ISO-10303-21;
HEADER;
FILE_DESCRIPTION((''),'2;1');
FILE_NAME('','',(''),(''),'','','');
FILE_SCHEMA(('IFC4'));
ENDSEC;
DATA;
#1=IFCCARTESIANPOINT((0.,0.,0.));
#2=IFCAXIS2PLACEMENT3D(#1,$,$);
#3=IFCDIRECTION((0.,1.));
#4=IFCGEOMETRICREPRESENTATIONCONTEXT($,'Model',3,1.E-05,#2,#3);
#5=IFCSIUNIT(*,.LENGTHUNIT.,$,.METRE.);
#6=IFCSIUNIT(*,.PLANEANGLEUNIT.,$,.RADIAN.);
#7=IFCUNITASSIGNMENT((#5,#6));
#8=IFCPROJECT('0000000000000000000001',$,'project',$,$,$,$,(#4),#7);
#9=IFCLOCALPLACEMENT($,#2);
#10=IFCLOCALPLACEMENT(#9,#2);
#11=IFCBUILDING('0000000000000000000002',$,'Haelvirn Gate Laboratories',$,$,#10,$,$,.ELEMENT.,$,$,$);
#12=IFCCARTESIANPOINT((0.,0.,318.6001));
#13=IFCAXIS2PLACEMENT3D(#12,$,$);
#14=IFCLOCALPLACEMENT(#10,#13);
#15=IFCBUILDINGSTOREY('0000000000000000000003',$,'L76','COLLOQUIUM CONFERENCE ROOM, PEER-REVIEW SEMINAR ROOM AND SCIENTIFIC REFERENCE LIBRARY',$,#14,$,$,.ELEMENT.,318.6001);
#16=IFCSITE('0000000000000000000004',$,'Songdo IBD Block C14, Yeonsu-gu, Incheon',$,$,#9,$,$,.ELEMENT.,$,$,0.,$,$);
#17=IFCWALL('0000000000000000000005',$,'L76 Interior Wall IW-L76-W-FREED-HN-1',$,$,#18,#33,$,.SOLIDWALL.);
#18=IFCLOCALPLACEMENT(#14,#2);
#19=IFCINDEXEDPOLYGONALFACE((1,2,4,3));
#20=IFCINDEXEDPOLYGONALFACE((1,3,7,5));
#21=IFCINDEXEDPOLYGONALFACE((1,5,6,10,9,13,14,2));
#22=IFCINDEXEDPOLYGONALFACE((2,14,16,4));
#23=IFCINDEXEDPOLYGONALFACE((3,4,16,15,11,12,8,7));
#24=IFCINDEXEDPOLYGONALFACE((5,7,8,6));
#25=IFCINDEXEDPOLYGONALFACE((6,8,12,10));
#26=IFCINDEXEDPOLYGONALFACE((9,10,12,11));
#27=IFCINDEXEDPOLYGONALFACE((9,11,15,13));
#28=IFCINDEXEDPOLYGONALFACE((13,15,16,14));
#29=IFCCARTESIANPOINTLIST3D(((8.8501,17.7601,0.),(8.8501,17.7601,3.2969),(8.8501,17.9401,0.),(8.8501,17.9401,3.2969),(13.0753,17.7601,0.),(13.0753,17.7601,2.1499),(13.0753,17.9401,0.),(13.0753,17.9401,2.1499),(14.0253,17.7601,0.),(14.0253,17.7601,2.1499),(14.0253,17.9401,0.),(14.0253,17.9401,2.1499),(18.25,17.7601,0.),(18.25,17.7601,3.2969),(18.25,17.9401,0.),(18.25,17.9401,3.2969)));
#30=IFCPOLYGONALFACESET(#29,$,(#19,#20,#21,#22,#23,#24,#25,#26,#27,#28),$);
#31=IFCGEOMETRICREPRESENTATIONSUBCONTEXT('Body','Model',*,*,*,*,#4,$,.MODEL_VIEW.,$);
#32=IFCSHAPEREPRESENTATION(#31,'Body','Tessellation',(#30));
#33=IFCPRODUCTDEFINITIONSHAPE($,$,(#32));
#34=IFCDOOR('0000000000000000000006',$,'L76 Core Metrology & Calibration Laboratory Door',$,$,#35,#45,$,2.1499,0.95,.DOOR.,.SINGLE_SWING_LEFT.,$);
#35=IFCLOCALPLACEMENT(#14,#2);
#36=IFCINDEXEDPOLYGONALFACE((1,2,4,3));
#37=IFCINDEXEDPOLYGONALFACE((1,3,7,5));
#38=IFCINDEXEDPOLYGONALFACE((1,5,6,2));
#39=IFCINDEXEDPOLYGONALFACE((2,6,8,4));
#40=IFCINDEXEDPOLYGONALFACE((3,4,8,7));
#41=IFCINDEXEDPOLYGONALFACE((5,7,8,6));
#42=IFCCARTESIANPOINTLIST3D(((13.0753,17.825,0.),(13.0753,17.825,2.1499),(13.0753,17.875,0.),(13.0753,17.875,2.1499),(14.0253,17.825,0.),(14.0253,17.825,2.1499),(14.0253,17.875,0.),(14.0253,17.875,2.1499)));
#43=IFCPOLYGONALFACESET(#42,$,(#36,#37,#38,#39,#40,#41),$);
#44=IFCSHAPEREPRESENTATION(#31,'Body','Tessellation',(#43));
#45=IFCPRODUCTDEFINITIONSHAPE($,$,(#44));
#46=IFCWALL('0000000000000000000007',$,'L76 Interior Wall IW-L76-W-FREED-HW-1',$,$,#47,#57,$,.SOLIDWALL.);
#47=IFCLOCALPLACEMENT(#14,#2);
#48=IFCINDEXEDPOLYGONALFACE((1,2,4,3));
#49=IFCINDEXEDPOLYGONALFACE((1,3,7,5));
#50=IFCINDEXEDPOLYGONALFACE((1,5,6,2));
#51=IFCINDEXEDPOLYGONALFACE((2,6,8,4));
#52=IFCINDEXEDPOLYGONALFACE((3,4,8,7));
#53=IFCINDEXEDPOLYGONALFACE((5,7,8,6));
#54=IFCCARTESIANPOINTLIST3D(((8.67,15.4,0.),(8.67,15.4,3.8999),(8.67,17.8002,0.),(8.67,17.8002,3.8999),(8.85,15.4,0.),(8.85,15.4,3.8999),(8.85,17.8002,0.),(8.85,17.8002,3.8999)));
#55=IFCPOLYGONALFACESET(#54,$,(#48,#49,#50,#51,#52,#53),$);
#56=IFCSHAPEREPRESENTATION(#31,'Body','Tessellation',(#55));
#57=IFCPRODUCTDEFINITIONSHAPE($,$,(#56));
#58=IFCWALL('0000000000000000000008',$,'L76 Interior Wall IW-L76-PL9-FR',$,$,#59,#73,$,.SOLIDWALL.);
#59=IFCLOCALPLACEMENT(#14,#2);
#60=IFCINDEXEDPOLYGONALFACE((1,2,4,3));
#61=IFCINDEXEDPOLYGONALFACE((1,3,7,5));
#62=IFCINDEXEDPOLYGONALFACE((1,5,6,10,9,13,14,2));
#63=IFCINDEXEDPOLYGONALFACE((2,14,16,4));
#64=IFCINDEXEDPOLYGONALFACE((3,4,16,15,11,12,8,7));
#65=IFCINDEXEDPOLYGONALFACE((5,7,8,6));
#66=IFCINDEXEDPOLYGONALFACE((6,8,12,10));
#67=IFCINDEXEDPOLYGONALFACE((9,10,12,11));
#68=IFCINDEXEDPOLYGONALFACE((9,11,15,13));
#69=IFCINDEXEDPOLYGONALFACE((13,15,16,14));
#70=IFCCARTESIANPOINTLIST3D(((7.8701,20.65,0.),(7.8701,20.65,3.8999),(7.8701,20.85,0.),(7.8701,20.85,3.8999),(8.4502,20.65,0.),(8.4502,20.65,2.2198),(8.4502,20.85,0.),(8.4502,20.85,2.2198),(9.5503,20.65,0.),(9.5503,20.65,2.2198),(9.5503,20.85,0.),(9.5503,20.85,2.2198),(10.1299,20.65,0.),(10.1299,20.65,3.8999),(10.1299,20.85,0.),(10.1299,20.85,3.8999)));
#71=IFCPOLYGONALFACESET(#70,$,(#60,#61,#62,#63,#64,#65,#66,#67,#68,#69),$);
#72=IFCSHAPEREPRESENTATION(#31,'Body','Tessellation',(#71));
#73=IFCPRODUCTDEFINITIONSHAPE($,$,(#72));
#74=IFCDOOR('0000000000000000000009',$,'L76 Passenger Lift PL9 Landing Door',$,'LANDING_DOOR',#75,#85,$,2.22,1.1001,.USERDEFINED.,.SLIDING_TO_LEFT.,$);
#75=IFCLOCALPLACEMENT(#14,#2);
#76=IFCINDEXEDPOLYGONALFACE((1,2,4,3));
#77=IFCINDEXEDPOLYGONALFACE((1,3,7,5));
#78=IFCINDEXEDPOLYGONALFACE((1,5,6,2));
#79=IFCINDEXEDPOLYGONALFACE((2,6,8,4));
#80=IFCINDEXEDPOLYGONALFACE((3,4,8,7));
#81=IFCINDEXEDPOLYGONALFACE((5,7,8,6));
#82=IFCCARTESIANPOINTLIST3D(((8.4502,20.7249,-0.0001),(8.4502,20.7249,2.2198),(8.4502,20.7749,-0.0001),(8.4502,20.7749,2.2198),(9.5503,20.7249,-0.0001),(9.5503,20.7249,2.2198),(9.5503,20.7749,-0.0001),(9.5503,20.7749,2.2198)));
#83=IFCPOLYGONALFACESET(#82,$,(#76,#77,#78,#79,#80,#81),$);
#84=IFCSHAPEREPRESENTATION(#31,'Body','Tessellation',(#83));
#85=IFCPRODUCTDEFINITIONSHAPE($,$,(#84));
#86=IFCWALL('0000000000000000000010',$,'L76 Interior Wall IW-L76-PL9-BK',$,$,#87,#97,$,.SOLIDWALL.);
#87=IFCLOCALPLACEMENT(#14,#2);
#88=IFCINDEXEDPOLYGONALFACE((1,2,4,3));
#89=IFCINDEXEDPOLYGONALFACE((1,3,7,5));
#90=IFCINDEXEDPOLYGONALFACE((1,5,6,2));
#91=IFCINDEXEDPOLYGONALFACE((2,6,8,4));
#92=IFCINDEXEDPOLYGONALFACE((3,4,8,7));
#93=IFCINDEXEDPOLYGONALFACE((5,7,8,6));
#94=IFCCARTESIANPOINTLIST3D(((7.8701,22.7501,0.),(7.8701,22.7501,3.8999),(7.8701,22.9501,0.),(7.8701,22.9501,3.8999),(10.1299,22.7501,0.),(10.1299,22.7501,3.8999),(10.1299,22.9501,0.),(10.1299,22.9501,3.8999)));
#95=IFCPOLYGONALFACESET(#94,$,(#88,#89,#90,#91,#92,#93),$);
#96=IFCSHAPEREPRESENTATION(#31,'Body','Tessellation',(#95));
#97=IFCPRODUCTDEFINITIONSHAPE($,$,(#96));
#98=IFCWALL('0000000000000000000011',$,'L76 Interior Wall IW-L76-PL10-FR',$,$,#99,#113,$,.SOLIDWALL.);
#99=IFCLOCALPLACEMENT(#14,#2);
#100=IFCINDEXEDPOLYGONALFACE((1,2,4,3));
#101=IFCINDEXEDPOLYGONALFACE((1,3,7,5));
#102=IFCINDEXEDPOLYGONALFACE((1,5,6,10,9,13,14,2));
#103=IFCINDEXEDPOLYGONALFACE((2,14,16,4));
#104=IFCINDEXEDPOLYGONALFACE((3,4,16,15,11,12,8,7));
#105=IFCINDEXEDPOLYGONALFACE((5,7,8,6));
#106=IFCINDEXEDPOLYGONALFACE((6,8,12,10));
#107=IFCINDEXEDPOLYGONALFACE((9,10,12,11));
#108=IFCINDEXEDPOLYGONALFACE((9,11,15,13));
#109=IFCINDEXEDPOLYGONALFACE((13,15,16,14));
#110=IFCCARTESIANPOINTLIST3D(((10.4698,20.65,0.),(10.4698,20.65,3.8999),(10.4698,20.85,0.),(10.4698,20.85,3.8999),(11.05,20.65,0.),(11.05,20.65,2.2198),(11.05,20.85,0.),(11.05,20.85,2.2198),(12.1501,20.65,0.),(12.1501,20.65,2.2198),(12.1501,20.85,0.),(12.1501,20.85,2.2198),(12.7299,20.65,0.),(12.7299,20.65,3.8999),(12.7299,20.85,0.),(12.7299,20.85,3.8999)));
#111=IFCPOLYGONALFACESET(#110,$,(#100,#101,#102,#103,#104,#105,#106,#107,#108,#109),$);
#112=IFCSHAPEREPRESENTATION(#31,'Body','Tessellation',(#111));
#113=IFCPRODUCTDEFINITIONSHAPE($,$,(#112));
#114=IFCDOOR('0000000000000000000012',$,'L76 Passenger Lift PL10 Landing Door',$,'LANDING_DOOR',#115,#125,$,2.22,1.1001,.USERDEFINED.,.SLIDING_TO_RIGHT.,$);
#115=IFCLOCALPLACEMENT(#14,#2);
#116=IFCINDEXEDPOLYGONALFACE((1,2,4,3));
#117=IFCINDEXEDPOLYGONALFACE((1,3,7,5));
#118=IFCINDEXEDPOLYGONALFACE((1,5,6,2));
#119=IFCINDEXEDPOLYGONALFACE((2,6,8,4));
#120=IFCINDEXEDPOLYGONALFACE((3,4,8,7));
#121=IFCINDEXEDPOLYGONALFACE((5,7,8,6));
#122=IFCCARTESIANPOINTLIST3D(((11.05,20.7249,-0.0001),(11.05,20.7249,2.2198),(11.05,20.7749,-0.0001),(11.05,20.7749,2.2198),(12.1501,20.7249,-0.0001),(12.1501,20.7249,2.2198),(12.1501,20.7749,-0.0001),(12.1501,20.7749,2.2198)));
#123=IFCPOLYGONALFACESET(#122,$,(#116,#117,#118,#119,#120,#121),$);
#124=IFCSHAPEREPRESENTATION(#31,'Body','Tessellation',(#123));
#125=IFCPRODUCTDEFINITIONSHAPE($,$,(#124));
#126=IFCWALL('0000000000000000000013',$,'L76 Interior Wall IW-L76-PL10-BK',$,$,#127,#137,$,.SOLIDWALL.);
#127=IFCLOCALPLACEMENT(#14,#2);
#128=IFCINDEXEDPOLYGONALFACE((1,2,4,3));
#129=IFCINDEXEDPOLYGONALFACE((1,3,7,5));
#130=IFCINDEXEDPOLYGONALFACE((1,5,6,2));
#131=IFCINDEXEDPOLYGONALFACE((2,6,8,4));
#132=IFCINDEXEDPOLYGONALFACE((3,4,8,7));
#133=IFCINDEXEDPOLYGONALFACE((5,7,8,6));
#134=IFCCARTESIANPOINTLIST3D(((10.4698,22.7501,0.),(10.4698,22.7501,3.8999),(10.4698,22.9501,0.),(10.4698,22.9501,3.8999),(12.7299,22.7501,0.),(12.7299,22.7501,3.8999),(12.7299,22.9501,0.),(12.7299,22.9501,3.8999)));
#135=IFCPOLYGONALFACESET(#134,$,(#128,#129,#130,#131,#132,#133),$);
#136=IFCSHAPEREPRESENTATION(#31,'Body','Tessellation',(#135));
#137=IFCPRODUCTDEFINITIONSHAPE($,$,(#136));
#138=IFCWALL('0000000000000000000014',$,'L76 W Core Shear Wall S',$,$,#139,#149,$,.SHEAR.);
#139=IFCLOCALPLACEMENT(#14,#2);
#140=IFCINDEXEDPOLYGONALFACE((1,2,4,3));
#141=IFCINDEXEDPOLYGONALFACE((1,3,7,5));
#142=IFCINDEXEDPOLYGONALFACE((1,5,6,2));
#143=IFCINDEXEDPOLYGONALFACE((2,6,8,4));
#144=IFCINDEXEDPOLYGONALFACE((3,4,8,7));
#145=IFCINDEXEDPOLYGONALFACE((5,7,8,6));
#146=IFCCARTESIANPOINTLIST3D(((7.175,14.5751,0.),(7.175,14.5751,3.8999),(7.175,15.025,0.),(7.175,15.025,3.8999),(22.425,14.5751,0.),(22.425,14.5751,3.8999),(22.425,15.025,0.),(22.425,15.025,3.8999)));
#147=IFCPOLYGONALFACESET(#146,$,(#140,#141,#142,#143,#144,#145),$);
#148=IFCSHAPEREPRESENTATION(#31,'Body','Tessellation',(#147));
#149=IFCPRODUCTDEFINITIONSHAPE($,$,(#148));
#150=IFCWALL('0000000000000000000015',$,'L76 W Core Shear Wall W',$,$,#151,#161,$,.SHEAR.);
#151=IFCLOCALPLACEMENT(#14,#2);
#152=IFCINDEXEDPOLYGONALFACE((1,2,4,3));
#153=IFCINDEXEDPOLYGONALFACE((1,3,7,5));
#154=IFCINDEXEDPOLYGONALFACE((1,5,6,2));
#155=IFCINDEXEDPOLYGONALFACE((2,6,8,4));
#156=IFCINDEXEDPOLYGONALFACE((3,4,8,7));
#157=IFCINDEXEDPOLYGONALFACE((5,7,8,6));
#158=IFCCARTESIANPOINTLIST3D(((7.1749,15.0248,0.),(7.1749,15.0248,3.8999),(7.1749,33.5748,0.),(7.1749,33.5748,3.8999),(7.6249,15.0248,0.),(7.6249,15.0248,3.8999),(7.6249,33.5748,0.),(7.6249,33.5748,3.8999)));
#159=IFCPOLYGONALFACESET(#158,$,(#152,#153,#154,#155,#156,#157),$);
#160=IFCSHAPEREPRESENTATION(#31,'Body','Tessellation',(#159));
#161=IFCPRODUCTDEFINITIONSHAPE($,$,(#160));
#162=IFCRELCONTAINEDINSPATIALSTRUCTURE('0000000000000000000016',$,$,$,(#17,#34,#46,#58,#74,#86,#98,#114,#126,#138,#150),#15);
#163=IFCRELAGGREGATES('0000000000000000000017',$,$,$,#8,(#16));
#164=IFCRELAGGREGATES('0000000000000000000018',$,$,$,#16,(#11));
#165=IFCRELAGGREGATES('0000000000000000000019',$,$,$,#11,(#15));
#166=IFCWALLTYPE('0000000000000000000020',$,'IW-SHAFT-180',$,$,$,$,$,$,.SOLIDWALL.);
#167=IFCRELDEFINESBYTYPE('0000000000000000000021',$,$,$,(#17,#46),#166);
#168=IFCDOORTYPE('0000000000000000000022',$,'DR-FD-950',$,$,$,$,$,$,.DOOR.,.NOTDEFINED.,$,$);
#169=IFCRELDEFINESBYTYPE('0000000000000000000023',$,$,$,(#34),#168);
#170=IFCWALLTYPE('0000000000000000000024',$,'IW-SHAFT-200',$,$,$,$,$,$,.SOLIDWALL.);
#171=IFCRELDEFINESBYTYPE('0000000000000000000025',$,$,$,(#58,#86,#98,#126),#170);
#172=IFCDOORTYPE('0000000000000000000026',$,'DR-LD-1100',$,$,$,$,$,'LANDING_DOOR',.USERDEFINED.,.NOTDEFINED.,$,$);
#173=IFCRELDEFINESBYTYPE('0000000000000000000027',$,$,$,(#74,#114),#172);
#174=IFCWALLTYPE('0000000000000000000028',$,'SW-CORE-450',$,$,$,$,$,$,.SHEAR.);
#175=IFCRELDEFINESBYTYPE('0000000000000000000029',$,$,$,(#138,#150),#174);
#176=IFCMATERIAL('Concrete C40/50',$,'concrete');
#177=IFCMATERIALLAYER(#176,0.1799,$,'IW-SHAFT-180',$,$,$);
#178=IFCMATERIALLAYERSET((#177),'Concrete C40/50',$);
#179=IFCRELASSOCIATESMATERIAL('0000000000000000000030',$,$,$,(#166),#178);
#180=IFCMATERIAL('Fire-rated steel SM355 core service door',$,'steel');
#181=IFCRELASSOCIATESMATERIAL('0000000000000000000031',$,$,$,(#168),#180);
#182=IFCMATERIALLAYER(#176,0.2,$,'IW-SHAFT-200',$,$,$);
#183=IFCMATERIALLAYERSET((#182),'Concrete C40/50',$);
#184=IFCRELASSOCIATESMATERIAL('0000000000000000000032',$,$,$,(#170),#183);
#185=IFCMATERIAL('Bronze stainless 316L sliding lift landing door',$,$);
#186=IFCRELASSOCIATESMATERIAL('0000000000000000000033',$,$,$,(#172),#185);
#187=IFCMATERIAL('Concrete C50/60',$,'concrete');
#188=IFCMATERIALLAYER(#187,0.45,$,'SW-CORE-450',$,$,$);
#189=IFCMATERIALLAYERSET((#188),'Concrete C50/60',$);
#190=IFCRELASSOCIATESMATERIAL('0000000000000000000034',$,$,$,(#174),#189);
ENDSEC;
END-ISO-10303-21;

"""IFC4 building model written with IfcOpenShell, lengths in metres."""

from ifc_helpers import new_model, si_unit, direction, frame, frame_2d, origin, place, context, subcontext, project, spatial, rectangle, extrude, source, transform, mapped, material, layer, layer_set, type_object, type_shapes, element, fill, save


model = new_model("IFC4")

# Units and contexts
model_context = context("Model", 3, precision=1e-05, world=origin(), true_north=direction((0.0, 1.0)))
body_context = subcontext(model_context, "Body", "Model", "MODEL_VIEW")
ifc_project = project(units=[si_unit("LENGTHUNIT", "METRE"), si_unit("PLANEANGLEUNIT", "RADIAN")], contexts=[model_context])

# Site, building, storey
site_placement = place(None, origin())
site = spatial("IfcSite", under=ifc_project, at=site_placement, Name="Songdo IBD Block C14, Yeonsu-gu, Incheon", CompositionType="ELEMENT", RefElevation=0.0)
building_placement = place(site_placement, origin())
building = spatial("IfcBuilding", under=site, at=building_placement, Name="Haelvirn Gate Laboratories", CompositionType="ELEMENT")
storey_placement = place(building_placement, frame((0.0, 0.0, 318.6001)))
storey = spatial("IfcBuildingStorey", under=building, at=storey_placement, Name="L76", Description="COLLOQUIUM CONFERENCE ROOM, PEER-REVIEW SEMINAR ROOM AND SCIENTIFIC REFERENCE LIBRARY", CompositionType="ELEMENT", Elevation=318.6001)

# Shared definitions
ifc_material_1 = material(Name="Concrete C50/60", Category="concrete")

# Shared definitions
ifc_material_2 = material(Name="Concrete C40/50", Category="concrete")
ifc_layer_1 = layer(ifc_material_2, 0.1799, Name="IW-SHAFT-180")
ifc_layer_set_1 = layer_set([ifc_layer_1], Name="Concrete C40/50")
wall_type_1 = type_object("IfcWallType", Name="IW-SHAFT-180", PredefinedType="SOLIDWALL", material=ifc_layer_set_1)

# Wall, opening, door
wall_1_placement = place(storey_placement, frame((8.8501, 17.8501, 0.0), z_axis=(0.0, 0.0, 1.0), x_axis=(1.0, 0.0, 0.0)))
wall_1 = element("IfcWall", 1, at=wall_1_placement, inside=storey, type_object=wall_type_1, Name="L76 Interior Wall IW-L76-W-FREED-HN-1", PredefinedType="SOLIDWALL", context=body_context, shape_type="SweptSolid", body=[
    extrude(rectangle(XDim=9.3999, YDim=0.1799, at=frame_2d((4.7, 0.0))), origin(), (0.0, 0.0, 1.0), 3.2969),
])
opening_1_placement = place(wall_1_placement, frame((4.2251, 0.0, 0.0)))
opening_1 = element("IfcOpeningElement", 2, at=opening_1_placement, cuts=wall_1, PredefinedType="OPENING", context=body_context, shape_type="SweptSolid", body=[
    extrude(rectangle(XDim=0.95, YDim=2.1499, at=frame_2d((0.4751, 1.075))), frame((0.0, 0.1001, 0.0), z_axis=(0.0, -1.0, 0.0), x_axis=(1.0, 0.0, 0.0)), (0.0, 0.0, 1.0), 0.2),
])
ifc_material_3 = material(Name="Fire-rated steel SM355 core service door", Category="steel")
door_type_1 = type_object("IfcDoorType", Name="DR-FD-950", OperationType="NOTDEFINED", PredefinedType="DOOR", material=ifc_material_3)
shared_shape_1 = source(origin(), body_context, "Body", "SweptSolid", [
    extrude(rectangle(XDim=0.95, YDim=2.1499, at=frame_2d((0.4751, 1.075))), frame((0.0, 0.0249, 0.0), z_axis=(0.0, -1.0, 0.0), x_axis=(1.0, 0.0, 0.0)), (0.0, 0.0, 1.0), 0.05),
])
type_shapes(door_type_1, [shared_shape_1])
door_1_placement = place(opening_1_placement, origin())
door_1 = element("IfcDoor", 3, at=door_1_placement, inside=storey, type_object=door_type_1, Name="L76 Core Metrology & Calibration Laboratory Door", OperationType="SINGLE_SWING_LEFT", OverallHeight=2.1499, OverallWidth=0.95, PredefinedType="DOOR", context=body_context, shape_type="MappedRepresentation", body=[
    mapped(shared_shape_1, transform((0.0, 0.0, 0.0), scale=1.0)),
])
fill(opening_1, door_1)

# Wall
wall_2_placement = place(storey_placement, frame((8.76, 15.3999, 0.0), z_axis=(0.0, 0.0, 1.0), x_axis=(0.0, 1.0, 0.0)))
element("IfcWall", 4, at=wall_2_placement, inside=storey, type_object=wall_type_1, Name="L76 Interior Wall IW-L76-W-FREED-HW-1", PredefinedType="SOLIDWALL", context=body_context, shape_type="SweptSolid", body=[
    extrude(rectangle(XDim=2.4001, YDim=0.1799, at=frame_2d((1.2002, 0.0))), origin(), (0.0, 0.0, 1.0), 3.8999),
])

# Wall, opening, door
ifc_layer_2 = layer(ifc_material_2, 0.2, Name="IW-SHAFT-200")
ifc_layer_set_2 = layer_set([ifc_layer_2], Name="Concrete C40/50")
wall_type_2 = type_object("IfcWallType", Name="IW-SHAFT-200", PredefinedType="SOLIDWALL", material=ifc_layer_set_2)
wall_3_placement = place(storey_placement, frame((7.8701, 20.75, 0.0), z_axis=(0.0, 0.0, 1.0), x_axis=(1.0, 0.0, 0.0)))
wall_3 = element("IfcWall", 5, at=wall_3_placement, inside=storey, type_object=wall_type_2, Name="L76 Interior Wall IW-L76-PL9-FR", PredefinedType="SOLIDWALL", context=body_context, shape_type="SweptSolid", body=[
    extrude(rectangle(XDim=2.2598, YDim=0.2, at=frame_2d((1.1299, 0.0))), origin(), (0.0, 0.0, 1.0), 3.8999),
])
opening_2_placement = place(wall_3_placement, frame((0.5801, 0.0, 0.0)))
opening_2 = element("IfcOpeningElement", 6, at=opening_2_placement, cuts=wall_3, PredefinedType="OPENING", context=body_context, shape_type="SweptSolid", body=[
    extrude(rectangle(XDim=1.1001, YDim=2.22, at=frame_2d((0.55, 1.1099))), frame((0.0, 0.1099, 0.0), z_axis=(0.0, -1.0, 0.0), x_axis=(1.0, 0.0, 0.0)), (0.0, 0.0, 1.0), 0.22),
])
ifc_material_4 = material(Name="Bronze stainless 316L sliding lift landing door")
door_type_2 = type_object("IfcDoorType", Name="DR-LD-1100", ElementType="LANDING_DOOR", OperationType="NOTDEFINED", PredefinedType="USERDEFINED", material=ifc_material_4)
shared_shape_2 = source(origin(), body_context, "Body", "SweptSolid", [
    extrude(rectangle(XDim=1.1001, YDim=2.22, at=frame_2d((0.55, 1.1099))), frame((0.0, 0.0249, 0.0), z_axis=(0.0, -1.0, 0.0), x_axis=(1.0, 0.0, 0.0)), (0.0, 0.0, 1.0), 0.05),
])
type_shapes(door_type_2, [shared_shape_2])
door_2_placement = place(opening_2_placement, origin())
door_2 = element("IfcDoor", 7, at=door_2_placement, inside=storey, type_object=door_type_2, Name="L76 Passenger Lift PL9 Landing Door", ObjectType="LANDING_DOOR", OperationType="SLIDING_TO_LEFT", OverallHeight=2.22, OverallWidth=1.1001, PredefinedType="USERDEFINED", context=body_context, shape_type="MappedRepresentation", body=[
    mapped(shared_shape_2, transform((0.0, 0.0, 0.0), scale=1.0)),
])
fill(opening_2, door_2)

# Wall
wall_4_placement = place(storey_placement, frame((7.8701, 22.8501, 0.0), z_axis=(0.0, 0.0, 1.0), x_axis=(1.0, 0.0, 0.0)))
element("IfcWall", 8, at=wall_4_placement, inside=storey, type_object=wall_type_2, Name="L76 Interior Wall IW-L76-PL9-BK", PredefinedType="SOLIDWALL", context=body_context, shape_type="SweptSolid", body=[
    extrude(rectangle(XDim=2.2598, YDim=0.2, at=frame_2d((1.1299, 0.0))), origin(), (0.0, 0.0, 1.0), 3.8999),
])

# Wall, opening, door
wall_5_placement = place(storey_placement, frame((10.47, 20.75, 0.0), z_axis=(0.0, 0.0, 1.0), x_axis=(1.0, 0.0, 0.0)))
wall_5 = element("IfcWall", 9, at=wall_5_placement, inside=storey, type_object=wall_type_2, Name="L76 Interior Wall IW-L76-PL10-FR", PredefinedType="SOLIDWALL", context=body_context, shape_type="SweptSolid", body=[
    extrude(rectangle(XDim=2.26, YDim=0.2, at=frame_2d((1.1299, 0.0))), origin(), (0.0, 0.0, 1.0), 3.8999),
])
opening_3_placement = place(wall_5_placement, frame((0.5801, 0.0, 0.0)))
opening_3 = element("IfcOpeningElement", 10, at=opening_3_placement, cuts=wall_5, PredefinedType="OPENING", context=body_context, shape_type="SweptSolid", body=[
    extrude(rectangle(XDim=1.1001, YDim=2.22, at=frame_2d((0.55, 1.1099))), frame((0.0, 0.1099, 0.0), z_axis=(0.0, -1.0, 0.0), x_axis=(1.0, 0.0, 0.0)), (0.0, 0.0, 1.0), 0.22),
])
door_3_placement = place(opening_3_placement, origin())
door_3 = element("IfcDoor", 11, at=door_3_placement, inside=storey, type_object=door_type_2, Name="L76 Passenger Lift PL10 Landing Door", ObjectType="LANDING_DOOR", OperationType="SLIDING_TO_RIGHT", OverallHeight=2.22, OverallWidth=1.1001, PredefinedType="USERDEFINED", context=body_context, shape_type="MappedRepresentation", body=[
    mapped(shared_shape_2, transform((0.0, 0.0, 0.0), scale=1.0)),
])
fill(opening_3, door_3)

# Walls
wall_6_placement = place(storey_placement, frame((10.47, 22.8501, 0.0), z_axis=(0.0, 0.0, 1.0), x_axis=(1.0, 0.0, 0.0)))
element("IfcWall", 12, at=wall_6_placement, inside=storey, type_object=wall_type_2, Name="L76 Interior Wall IW-L76-PL10-BK", PredefinedType="SOLIDWALL", context=body_context, shape_type="SweptSolid", body=[
    extrude(rectangle(XDim=2.26, YDim=0.2, at=frame_2d((1.1299, 0.0))), origin(), (0.0, 0.0, 1.0), 3.8999),
])
ifc_layer_3 = layer(ifc_material_1, 0.45, Name="SW-CORE-450")
ifc_layer_set_3 = layer_set([ifc_layer_3], Name="Concrete C50/60")
wall_type_3 = type_object("IfcWallType", Name="SW-CORE-450", PredefinedType="SHEAR", material=ifc_layer_set_3)
wall_7_placement = place(storey_placement, frame((7.175, 14.8, 0.0), z_axis=(0.0, 0.0, 1.0), x_axis=(1.0, 0.0, 0.0)))
element("IfcWall", 13, at=wall_7_placement, inside=storey, type_object=wall_type_3, Name="L76 W Core Shear Wall S", PredefinedType="SHEAR", context=body_context, shape_type="SweptSolid", body=[
    extrude(rectangle(XDim=15.25, YDim=0.45, at=frame_2d((7.625, 0.0))), origin(), (0.0, 0.0, 1.0), 3.8999),
])
wall_8_placement = place(storey_placement, frame((7.3999, 15.0249, 0.0), z_axis=(0.0, 0.0, 1.0), x_axis=(0.0, 1.0, 0.0)))
element("IfcWall", 14, at=wall_8_placement, inside=storey, type_object=wall_type_3, Name="L76 W Core Shear Wall W", PredefinedType="SHEAR", context=body_context, shape_type="SweptSolid", body=[
    extrude(rectangle(XDim=18.55, YDim=0.45, at=frame_2d((9.2749, 0.0))), origin(), (0.0, 0.0, 1.0), 3.8999),
])

save(model, "model.ifc")
